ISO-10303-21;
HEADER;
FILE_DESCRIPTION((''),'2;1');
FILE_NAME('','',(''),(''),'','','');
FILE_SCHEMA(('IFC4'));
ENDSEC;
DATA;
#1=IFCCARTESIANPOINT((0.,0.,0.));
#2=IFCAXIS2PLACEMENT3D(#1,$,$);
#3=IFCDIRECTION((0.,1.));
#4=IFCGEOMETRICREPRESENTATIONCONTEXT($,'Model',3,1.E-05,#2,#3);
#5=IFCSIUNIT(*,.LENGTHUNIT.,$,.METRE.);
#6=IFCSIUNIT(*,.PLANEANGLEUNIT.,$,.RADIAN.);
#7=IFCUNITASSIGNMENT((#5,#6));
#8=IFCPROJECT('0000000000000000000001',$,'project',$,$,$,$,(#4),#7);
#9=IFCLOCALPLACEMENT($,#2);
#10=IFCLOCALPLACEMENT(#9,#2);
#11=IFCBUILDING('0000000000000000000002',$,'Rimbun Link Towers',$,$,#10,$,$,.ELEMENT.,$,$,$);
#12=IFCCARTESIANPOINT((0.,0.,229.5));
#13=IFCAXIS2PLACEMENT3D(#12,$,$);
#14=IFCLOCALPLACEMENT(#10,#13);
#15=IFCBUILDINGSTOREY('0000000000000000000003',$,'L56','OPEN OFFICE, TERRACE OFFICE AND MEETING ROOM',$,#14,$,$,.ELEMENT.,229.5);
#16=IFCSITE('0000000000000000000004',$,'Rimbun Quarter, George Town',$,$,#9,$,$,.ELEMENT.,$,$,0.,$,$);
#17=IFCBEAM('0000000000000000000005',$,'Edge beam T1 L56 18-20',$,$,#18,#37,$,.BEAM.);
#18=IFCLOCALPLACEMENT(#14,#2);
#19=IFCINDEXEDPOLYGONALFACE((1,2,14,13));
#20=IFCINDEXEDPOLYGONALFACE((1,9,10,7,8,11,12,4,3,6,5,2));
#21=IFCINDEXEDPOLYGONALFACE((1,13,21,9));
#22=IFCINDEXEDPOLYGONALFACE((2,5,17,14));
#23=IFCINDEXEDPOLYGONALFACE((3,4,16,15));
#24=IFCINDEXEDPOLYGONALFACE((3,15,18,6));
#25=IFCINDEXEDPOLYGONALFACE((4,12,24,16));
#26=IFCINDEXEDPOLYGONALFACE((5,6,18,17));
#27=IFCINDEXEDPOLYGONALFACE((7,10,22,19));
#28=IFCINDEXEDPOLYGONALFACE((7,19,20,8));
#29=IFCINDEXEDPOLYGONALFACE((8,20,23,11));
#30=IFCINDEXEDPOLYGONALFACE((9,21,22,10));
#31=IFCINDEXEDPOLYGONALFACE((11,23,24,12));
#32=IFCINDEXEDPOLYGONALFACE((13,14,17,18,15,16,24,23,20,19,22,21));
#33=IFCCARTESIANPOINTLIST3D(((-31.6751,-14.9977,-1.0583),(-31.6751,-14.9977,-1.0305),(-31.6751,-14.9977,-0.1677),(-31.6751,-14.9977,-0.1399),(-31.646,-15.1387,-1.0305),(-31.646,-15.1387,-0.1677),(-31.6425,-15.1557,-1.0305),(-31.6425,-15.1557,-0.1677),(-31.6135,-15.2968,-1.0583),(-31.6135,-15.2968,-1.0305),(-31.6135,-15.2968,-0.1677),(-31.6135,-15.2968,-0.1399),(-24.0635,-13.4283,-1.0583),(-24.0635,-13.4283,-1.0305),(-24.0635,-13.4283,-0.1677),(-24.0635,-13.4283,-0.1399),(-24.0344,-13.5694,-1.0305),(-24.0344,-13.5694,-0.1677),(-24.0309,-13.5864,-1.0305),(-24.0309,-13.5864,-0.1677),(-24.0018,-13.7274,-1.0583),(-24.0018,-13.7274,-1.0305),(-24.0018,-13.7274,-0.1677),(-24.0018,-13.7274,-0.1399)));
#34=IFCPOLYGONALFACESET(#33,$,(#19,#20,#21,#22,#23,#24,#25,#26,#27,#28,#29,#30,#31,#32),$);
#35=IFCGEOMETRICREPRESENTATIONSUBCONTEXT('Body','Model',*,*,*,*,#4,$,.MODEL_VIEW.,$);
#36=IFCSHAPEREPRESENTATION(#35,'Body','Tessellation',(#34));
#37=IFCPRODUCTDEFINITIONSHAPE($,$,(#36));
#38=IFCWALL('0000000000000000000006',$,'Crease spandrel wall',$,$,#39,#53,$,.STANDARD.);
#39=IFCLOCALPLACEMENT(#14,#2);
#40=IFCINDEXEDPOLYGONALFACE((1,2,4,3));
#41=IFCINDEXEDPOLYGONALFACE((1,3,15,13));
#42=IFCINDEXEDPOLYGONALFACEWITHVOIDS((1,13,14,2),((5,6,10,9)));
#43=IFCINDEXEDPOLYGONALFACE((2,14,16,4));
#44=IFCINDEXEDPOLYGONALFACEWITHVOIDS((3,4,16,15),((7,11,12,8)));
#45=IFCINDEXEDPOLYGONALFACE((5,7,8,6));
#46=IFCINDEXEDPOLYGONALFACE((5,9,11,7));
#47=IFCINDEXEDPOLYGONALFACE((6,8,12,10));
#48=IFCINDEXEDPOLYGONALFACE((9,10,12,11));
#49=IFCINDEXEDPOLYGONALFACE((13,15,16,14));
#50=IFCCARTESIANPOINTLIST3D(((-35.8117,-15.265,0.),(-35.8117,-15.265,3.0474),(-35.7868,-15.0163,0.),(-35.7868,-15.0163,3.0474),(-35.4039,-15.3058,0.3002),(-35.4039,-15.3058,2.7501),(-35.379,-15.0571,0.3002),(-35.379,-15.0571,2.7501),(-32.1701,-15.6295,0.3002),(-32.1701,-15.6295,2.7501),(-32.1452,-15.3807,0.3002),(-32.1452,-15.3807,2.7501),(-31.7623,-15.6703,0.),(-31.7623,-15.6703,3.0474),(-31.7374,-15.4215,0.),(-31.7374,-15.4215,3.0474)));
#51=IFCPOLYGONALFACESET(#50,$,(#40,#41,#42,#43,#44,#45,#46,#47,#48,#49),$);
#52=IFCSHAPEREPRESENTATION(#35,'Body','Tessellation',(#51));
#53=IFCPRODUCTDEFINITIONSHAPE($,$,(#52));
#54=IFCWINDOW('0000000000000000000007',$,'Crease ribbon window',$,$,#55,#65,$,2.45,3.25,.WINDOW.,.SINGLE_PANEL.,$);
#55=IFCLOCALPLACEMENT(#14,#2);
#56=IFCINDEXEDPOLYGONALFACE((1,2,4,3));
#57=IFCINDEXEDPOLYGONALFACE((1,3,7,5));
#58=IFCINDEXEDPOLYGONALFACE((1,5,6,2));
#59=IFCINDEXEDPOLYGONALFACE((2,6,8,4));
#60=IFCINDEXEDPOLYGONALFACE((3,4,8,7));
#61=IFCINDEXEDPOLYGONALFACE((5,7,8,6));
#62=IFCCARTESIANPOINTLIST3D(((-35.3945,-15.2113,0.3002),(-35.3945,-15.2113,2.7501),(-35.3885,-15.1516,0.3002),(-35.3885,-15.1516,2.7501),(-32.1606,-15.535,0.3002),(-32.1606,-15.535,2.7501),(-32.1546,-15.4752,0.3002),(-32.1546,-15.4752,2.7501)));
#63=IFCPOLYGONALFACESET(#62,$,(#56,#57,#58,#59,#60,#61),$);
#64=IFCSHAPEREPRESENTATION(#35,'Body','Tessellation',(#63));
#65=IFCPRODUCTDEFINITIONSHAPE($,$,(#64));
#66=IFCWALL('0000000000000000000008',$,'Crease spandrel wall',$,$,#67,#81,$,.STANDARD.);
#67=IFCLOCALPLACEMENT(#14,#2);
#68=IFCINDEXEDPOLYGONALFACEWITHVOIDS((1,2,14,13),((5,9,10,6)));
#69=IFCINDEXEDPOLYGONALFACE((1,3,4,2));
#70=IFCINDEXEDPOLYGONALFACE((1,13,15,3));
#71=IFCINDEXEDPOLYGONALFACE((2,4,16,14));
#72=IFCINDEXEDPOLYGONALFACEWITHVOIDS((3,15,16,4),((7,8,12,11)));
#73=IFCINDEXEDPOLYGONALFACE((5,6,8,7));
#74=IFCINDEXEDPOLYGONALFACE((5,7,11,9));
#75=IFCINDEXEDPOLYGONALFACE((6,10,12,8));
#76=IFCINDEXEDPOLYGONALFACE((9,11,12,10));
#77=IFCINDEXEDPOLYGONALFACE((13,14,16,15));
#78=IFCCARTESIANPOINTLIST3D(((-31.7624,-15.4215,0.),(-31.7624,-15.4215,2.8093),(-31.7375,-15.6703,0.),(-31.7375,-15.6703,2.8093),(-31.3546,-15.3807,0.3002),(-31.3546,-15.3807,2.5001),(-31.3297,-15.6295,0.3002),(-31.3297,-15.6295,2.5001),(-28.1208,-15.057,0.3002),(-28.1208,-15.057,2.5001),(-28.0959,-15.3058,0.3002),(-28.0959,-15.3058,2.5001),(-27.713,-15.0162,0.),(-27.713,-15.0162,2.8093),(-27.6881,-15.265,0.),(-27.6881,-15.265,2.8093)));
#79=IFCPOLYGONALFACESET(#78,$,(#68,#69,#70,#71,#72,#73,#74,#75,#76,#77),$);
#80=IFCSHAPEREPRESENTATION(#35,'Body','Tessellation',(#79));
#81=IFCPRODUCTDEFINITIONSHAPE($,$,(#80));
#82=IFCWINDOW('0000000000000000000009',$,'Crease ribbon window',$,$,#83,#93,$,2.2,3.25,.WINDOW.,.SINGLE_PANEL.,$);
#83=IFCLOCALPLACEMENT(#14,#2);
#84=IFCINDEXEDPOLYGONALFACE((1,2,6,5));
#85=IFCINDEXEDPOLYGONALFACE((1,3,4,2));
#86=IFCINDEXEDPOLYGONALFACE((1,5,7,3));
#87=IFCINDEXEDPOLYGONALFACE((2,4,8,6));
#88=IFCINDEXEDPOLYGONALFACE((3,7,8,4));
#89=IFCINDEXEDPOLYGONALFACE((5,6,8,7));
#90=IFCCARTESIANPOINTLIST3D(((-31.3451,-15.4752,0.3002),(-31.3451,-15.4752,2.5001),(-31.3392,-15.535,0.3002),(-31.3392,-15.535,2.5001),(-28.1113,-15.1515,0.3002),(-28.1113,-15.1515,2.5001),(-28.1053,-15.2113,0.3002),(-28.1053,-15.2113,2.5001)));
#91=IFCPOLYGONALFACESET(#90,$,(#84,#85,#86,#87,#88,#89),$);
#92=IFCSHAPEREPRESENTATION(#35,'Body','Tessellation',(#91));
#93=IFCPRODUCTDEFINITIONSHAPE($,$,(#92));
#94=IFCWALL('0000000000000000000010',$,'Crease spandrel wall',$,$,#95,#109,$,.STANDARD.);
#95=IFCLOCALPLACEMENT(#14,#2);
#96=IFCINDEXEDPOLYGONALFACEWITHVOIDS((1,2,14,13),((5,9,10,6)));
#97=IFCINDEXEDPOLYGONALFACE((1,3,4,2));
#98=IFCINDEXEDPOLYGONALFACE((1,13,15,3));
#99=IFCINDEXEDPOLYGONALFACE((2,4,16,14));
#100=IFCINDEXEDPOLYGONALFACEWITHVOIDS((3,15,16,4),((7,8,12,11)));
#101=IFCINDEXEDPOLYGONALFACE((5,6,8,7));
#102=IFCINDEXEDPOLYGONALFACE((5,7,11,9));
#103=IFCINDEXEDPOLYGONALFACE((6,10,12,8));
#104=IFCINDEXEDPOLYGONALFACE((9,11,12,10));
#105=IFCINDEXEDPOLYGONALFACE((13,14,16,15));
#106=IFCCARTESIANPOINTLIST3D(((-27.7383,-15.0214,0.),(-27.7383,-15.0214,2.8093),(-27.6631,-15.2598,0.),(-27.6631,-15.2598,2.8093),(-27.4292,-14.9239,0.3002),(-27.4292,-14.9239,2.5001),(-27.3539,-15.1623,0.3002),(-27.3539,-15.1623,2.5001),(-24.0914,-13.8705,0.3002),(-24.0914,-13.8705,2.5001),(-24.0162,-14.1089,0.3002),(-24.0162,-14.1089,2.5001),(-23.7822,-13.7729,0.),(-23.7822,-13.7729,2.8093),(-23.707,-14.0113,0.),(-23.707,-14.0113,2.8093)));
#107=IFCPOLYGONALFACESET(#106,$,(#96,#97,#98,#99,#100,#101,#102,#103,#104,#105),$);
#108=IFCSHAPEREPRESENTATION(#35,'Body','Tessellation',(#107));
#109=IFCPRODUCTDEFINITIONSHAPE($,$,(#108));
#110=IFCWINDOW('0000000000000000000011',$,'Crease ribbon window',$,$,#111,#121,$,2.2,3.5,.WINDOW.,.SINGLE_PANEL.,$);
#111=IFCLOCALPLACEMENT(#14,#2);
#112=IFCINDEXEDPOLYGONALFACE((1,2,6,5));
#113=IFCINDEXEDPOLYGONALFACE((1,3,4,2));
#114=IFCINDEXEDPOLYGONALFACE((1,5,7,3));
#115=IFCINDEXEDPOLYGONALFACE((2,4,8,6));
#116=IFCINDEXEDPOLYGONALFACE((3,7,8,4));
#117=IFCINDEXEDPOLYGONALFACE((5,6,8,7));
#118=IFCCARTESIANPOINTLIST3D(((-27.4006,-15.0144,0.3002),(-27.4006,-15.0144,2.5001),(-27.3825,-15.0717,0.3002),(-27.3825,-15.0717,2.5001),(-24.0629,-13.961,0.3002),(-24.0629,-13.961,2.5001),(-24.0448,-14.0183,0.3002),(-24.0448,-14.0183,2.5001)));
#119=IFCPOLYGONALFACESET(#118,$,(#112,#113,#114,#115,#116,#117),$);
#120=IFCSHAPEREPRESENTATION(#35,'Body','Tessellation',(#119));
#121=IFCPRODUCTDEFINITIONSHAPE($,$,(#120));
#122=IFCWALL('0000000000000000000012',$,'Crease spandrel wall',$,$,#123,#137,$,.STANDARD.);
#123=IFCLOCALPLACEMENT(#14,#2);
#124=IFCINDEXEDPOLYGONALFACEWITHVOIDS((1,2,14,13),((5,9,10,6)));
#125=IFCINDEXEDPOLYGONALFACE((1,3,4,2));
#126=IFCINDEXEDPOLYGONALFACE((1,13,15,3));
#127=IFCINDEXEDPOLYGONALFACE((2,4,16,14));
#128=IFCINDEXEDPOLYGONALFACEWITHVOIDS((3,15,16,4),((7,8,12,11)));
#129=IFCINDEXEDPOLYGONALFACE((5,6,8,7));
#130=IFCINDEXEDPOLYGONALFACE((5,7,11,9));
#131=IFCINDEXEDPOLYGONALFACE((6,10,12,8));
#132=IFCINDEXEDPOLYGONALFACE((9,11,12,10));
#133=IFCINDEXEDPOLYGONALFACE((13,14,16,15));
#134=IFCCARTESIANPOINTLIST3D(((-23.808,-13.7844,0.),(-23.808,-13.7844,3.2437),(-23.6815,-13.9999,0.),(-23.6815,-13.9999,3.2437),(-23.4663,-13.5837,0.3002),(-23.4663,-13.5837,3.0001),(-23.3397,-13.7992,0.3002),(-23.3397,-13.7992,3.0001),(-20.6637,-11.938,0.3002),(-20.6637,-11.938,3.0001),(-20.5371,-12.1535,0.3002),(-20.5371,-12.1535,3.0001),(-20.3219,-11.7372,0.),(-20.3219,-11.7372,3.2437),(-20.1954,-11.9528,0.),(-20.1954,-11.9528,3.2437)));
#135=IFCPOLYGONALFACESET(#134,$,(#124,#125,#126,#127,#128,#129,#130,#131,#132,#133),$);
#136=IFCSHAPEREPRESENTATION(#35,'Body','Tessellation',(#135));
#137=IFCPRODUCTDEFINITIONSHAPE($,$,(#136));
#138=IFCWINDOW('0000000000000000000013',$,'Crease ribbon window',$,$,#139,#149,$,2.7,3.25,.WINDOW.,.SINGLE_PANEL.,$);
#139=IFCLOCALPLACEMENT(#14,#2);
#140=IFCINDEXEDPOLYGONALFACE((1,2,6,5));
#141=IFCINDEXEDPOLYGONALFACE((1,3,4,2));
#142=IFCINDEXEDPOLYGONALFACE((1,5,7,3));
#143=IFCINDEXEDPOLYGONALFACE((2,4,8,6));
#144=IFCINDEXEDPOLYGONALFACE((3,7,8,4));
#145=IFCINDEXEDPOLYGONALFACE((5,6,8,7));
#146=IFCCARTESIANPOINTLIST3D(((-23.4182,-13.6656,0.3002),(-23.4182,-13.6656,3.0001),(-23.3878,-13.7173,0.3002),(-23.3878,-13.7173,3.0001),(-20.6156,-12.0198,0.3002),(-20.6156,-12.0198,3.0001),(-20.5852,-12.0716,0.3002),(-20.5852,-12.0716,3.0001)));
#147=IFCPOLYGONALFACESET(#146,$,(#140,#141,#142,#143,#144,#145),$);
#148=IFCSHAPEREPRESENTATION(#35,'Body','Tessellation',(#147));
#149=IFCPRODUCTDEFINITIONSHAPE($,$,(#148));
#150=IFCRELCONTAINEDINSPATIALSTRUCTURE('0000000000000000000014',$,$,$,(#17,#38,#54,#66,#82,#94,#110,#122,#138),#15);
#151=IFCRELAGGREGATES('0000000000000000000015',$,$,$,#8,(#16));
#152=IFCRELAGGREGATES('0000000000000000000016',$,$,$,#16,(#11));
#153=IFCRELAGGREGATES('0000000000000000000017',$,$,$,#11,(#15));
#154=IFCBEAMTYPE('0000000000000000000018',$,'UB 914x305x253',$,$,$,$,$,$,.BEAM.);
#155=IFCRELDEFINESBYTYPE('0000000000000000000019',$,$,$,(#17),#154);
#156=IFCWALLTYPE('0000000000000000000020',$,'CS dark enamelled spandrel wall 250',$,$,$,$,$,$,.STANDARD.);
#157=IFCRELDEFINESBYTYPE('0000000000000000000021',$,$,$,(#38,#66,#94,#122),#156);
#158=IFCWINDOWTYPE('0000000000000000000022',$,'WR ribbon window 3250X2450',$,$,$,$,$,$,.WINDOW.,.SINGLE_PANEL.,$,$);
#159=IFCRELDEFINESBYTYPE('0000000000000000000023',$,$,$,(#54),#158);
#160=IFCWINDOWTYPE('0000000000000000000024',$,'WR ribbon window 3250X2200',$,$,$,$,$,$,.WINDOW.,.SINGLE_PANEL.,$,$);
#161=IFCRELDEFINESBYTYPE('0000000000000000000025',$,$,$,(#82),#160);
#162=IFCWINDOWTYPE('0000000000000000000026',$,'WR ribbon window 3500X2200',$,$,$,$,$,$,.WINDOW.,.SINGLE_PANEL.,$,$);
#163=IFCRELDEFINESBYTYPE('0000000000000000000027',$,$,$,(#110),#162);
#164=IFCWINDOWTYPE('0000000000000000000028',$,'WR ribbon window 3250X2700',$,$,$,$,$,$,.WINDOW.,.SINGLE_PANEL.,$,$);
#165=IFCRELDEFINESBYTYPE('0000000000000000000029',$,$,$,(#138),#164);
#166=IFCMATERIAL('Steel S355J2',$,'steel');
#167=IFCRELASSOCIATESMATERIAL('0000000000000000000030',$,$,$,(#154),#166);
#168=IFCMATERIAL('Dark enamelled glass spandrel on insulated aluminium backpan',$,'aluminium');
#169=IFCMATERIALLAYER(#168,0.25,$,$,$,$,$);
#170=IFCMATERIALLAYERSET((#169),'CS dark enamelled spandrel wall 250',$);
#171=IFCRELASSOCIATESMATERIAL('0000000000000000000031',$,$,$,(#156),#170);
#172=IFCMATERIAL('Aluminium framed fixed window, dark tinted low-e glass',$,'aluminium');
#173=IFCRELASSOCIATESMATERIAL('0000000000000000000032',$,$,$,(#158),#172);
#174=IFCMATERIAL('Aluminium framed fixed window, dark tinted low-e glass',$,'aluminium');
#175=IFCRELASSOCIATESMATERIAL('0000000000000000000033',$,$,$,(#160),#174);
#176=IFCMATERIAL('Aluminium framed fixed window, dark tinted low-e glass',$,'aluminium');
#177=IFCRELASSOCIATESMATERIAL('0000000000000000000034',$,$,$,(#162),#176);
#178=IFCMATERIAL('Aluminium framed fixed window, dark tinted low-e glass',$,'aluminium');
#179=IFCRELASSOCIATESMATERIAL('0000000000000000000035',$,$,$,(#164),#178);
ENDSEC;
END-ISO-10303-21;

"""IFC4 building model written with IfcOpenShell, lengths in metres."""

from ifc_helpers import new_model, si_unit, direction, frame, frame_2d, origin, origin_2d, place, context, subcontext, project, spatial, rectangle, i_section, extrude, material, layer, layer_set, material_profile, profile_set, type_object, element, fill, save


model = new_model("IFC4")

# Units and contexts
model_context = context("Model", 3, precision=1e-05, world=origin(), true_north=direction((0.0, 1.0)))
body_context = subcontext(model_context, "Body", "Model", "MODEL_VIEW")
ifc_project = project(units=[si_unit("LENGTHUNIT", "METRE"), si_unit("PLANEANGLEUNIT", "RADIAN")], contexts=[model_context])

# Site, building, storey
site_placement = place(None, origin())
site = spatial("IfcSite", under=ifc_project, at=site_placement, Name="Rimbun Quarter, George Town", CompositionType="ELEMENT", RefElevation=0.0)
building_placement = place(site_placement, origin())
building = spatial("IfcBuilding", under=site, at=building_placement, Name="Rimbun Link Towers", CompositionType="ELEMENT")
storey_placement = place(building_placement, frame((0.0, 0.0, 229.5)))
storey = spatial("IfcBuildingStorey", under=building, at=storey_placement, Name="L56", Description="OPEN OFFICE, TERRACE OFFICE AND MEETING ROOM", CompositionType="ELEMENT", Elevation=229.5)

# Beam
ifc_material_1 = material(Name="Steel S355J2", Category="steel")
ifc_material_profile_1 = material_profile(ifc_material_1, i_section(OverallWidth=0.3054, OverallDepth=0.9185, WebThickness=0.0173, FlangeThickness=0.0278, at=origin_2d()), Name="UB 914x305x253")
ifc_profile_set_1 = profile_set([ifc_material_profile_1], Name="Steel S355J2")
beam_type_1 = type_object("IfcBeamType", Name="UB 914x305x253", PredefinedType="BEAM", material=ifc_profile_set_1)
beam_1_placement = place(storey_placement, frame((-31.6443, -15.1472, -0.5991), z_axis=(0.9794, 0.20193, 0.0), x_axis=(-0.20193, 0.9794, 0.0)))
element("IfcBeam", 1, at=beam_1_placement, inside=storey, type_object=beam_type_1, Name="Edge beam T1 L56 18-20", PredefinedType="BEAM", context=body_context, shape_type="SweptSolid", body=[
    extrude(i_section(OverallWidth=0.3054, OverallDepth=0.9185, WebThickness=0.0173, FlangeThickness=0.0278, at=origin_2d()), origin(), (0.0, 0.0, 1.0), 7.7717),
])

# Walls, openings, windows
ifc_material_2 = material(Name="Dark enamelled glass spandrel on insulated aluminium backpan", Category="aluminium")
ifc_layer_1 = layer(ifc_material_2, 0.25)
ifc_layer_set_1 = layer_set([ifc_layer_1], Name="CS dark enamelled spandrel wall 250")
wall_type_1 = type_object("IfcWallType", Name="CS dark enamelled spandrel wall 250", PredefinedType="STANDARD", material=ifc_layer_set_1)
wall_1_placement = place(storey_placement, frame((-31.75, -15.5459, 0.0), z_axis=(0.0, 0.0, 1.0), x_axis=(-0.995029, 0.099587, 0.0)))
wall_1 = element("IfcWall", 2, at=wall_1_placement, inside=storey, type_object=wall_type_1, Name="Crease spandrel wall", PredefinedType="STANDARD", context=body_context, shape_type="SweptSolid", body=[
    extrude(rectangle(XDim=4.0696, YDim=0.25, at=frame_2d((2.0347, 0.0))), origin(), (0.0, 0.0, 1.0), 3.0474),
])
opening_1_placement = place(wall_1_placement, frame((0.4097, 0.0, 0.3)))
opening_1 = element("IfcOpeningElement", 3, at=opening_1_placement, cuts=wall_1, PredefinedType="OPENING", context=body_context, shape_type="SweptSolid", body=[
    extrude(rectangle(XDim=3.25, YDim=2.45, at=frame_2d((1.625, 1.2251))), frame((0.0, 0.135, 0.0), z_axis=(0.0, -1.0, 0.0), x_axis=(1.0, 0.0, 0.0)), (0.0, 0.0, 1.0), 0.27),
])
ifc_material_3 = material(Name="Aluminium framed fixed window, dark tinted low-e glass", Category="aluminium")
window_type_1 = type_object("IfcWindowType", Name="WR ribbon window 3250X2450", PartitioningType="SINGLE_PANEL", PredefinedType="WINDOW", material=ifc_material_3)
window_1_placement = place(opening_1_placement, origin())
window_1 = element("IfcWindow", 4, at=window_1_placement, inside=storey, type_object=window_type_1, Name="Crease ribbon window", OverallHeight=2.45, OverallWidth=3.25, PartitioningType="SINGLE_PANEL", PredefinedType="WINDOW", context=body_context, shape_type="SweptSolid", body=[
    extrude(rectangle(XDim=3.25, YDim=2.45, at=frame_2d((1.625, 1.2251))), frame((0.0, 0.03, 0.0), z_axis=(0.0, -1.0, 0.0), x_axis=(1.0, 0.0, 0.0)), (0.0, 0.0, 1.0), 0.0601),
])
fill(opening_1, window_1)
wall_2_placement = place(storey_placement, frame((-27.7007, -15.1406, 0.0), z_axis=(0.0, 0.0, 1.0), x_axis=(-0.995029, -0.099587, 0.0)))
wall_2 = element("IfcWall", 5, at=wall_2_placement, inside=storey, type_object=wall_type_1, Name="Crease spandrel wall", PredefinedType="STANDARD", context=body_context, shape_type="SweptSolid", body=[
    extrude(rectangle(XDim=4.0696, YDim=0.25, at=frame_2d((2.0347, 0.0))), origin(), (0.0, 0.0, 1.0), 2.8093),
])
opening_2_placement = place(wall_2_placement, frame((0.4097, 0.0, 0.3)))
opening_2 = element("IfcOpeningElement", 6, at=opening_2_placement, cuts=wall_2, PredefinedType="OPENING", context=body_context, shape_type="SweptSolid", body=[
    extrude(rectangle(XDim=3.25, YDim=2.2, at=frame_2d((1.625, 1.1001))), frame((0.0, 0.135, 0.0), z_axis=(0.0, -1.0, 0.0), x_axis=(1.0, 0.0, 0.0)), (0.0, 0.0, 1.0), 0.27),
])
ifc_material_4 = material(Name="Aluminium framed fixed window, dark tinted low-e glass", Category="aluminium")
window_type_2 = type_object("IfcWindowType", Name="WR ribbon window 3250X2200", PartitioningType="SINGLE_PANEL", PredefinedType="WINDOW", material=ifc_material_4)
window_2_placement = place(opening_2_placement, origin())
window_2 = element("IfcWindow", 7, at=window_2_placement, inside=storey, type_object=window_type_2, Name="Crease ribbon window", OverallHeight=2.2, OverallWidth=3.25, PartitioningType="SINGLE_PANEL", PredefinedType="WINDOW", context=body_context, shape_type="SweptSolid", body=[
    extrude(rectangle(XDim=3.25, YDim=2.2, at=frame_2d((1.625, 1.1001))), frame((0.0, 0.03, 0.0), z_axis=(0.0, -1.0, 0.0), x_axis=(1.0, 0.0, 0.0)), (0.0, 0.0, 1.0), 0.0601),
])
fill(opening_2, window_2)
wall_3_placement = place(storey_placement, frame((-23.7446, -13.8921, 0.0), z_axis=(0.0, 0.0, 1.0), x_axis=(-0.953634, -0.300968, 0.0)))
wall_3 = element("IfcWall", 8, at=wall_3_placement, inside=storey, type_object=wall_type_1, Name="Crease spandrel wall", PredefinedType="STANDARD", context=body_context, shape_type="SweptSolid", body=[
    extrude(rectangle(XDim=4.1484, YDim=0.25, at=frame_2d((2.0742, 0.0))), origin(), (0.0, 0.0, 1.0), 2.8093),
])
opening_3_placement = place(wall_3_placement, frame((0.3242, 0.0, 0.3)))
opening_3 = element("IfcOpeningElement", 9, at=opening_3_placement, cuts=wall_3, PredefinedType="OPENING", context=body_context, shape_type="SweptSolid", body=[
    extrude(rectangle(XDim=3.5, YDim=2.2, at=frame_2d((1.75, 1.1001))), frame((0.0, 0.135, 0.0), z_axis=(0.0, -1.0, 0.0), x_axis=(1.0, 0.0, 0.0)), (0.0, 0.0, 1.0), 0.27),
])
ifc_material_5 = material(Name="Aluminium framed fixed window, dark tinted low-e glass", Category="aluminium")
window_type_3 = type_object("IfcWindowType", Name="WR ribbon window 3500X2200", PartitioningType="SINGLE_PANEL", PredefinedType="WINDOW", material=ifc_material_5)
window_3_placement = place(opening_3_placement, origin())
window_3 = element("IfcWindow", 10, at=window_3_placement, inside=storey, type_object=window_type_3, Name="Crease ribbon window", OverallHeight=2.2, OverallWidth=3.5, PartitioningType="SINGLE_PANEL", PredefinedType="WINDOW", context=body_context, shape_type="SweptSolid", body=[
    extrude(rectangle(XDim=3.5, YDim=2.2, at=frame_2d((1.75, 1.1001))), frame((0.0, 0.03, 0.0), z_axis=(0.0, -1.0, 0.0), x_axis=(1.0, 0.0, 0.0)), (0.0, 0.0, 1.0), 0.0601),
])
fill(opening_3, window_3)
wall_4_placement = place(storey_placement, frame((-20.2585, -11.845, 0.0), z_axis=(0.0, 0.0, 1.0), x_axis=(-0.862314, -0.506373, 0.0)))
wall_4 = element("IfcWall", 11, at=wall_4_placement, inside=storey, type_object=wall_type_1, Name="Crease spandrel wall", PredefinedType="STANDARD", context=body_context, shape_type="SweptSolid", body=[
    extrude(rectangle(XDim=4.0427, YDim=0.25, at=frame_2d((2.0215, 0.0))), origin(), (0.0, 0.0, 1.0), 3.2437),
])
opening_4_placement = place(wall_4_placement, frame((0.3965, 0.0, 0.3)))
opening_4 = element("IfcOpeningElement", 12, at=opening_4_placement, cuts=wall_4, PredefinedType="OPENING", context=body_context, shape_type="SweptSolid", body=[
    extrude(rectangle(XDim=3.25, YDim=2.7, at=frame_2d((1.625, 1.3501))), frame((0.0, 0.135, 0.0), z_axis=(0.0, -1.0, 0.0), x_axis=(1.0, 0.0, 0.0)), (0.0, 0.0, 1.0), 0.27),
])
ifc_material_6 = material(Name="Aluminium framed fixed window, dark tinted low-e glass", Category="aluminium")
window_type_4 = type_object("IfcWindowType", Name="WR ribbon window 3250X2700", PartitioningType="SINGLE_PANEL", PredefinedType="WINDOW", material=ifc_material_6)
window_4_placement = place(opening_4_placement, origin())
window_4 = element("IfcWindow", 13, at=window_4_placement, inside=storey, type_object=window_type_4, Name="Crease ribbon window", OverallHeight=2.7, OverallWidth=3.25, PartitioningType="SINGLE_PANEL", PredefinedType="WINDOW", context=body_context, shape_type="SweptSolid", body=[
    extrude(rectangle(XDim=3.25, YDim=2.7, at=frame_2d((1.625, 1.3501))), frame((0.0, 0.03, 0.0), z_axis=(0.0, -1.0, 0.0), x_axis=(1.0, 0.0, 0.0)), (0.0, 0.0, 1.0), 0.0601),
])
fill(opening_4, window_4)

save(model, "model.ifc")
